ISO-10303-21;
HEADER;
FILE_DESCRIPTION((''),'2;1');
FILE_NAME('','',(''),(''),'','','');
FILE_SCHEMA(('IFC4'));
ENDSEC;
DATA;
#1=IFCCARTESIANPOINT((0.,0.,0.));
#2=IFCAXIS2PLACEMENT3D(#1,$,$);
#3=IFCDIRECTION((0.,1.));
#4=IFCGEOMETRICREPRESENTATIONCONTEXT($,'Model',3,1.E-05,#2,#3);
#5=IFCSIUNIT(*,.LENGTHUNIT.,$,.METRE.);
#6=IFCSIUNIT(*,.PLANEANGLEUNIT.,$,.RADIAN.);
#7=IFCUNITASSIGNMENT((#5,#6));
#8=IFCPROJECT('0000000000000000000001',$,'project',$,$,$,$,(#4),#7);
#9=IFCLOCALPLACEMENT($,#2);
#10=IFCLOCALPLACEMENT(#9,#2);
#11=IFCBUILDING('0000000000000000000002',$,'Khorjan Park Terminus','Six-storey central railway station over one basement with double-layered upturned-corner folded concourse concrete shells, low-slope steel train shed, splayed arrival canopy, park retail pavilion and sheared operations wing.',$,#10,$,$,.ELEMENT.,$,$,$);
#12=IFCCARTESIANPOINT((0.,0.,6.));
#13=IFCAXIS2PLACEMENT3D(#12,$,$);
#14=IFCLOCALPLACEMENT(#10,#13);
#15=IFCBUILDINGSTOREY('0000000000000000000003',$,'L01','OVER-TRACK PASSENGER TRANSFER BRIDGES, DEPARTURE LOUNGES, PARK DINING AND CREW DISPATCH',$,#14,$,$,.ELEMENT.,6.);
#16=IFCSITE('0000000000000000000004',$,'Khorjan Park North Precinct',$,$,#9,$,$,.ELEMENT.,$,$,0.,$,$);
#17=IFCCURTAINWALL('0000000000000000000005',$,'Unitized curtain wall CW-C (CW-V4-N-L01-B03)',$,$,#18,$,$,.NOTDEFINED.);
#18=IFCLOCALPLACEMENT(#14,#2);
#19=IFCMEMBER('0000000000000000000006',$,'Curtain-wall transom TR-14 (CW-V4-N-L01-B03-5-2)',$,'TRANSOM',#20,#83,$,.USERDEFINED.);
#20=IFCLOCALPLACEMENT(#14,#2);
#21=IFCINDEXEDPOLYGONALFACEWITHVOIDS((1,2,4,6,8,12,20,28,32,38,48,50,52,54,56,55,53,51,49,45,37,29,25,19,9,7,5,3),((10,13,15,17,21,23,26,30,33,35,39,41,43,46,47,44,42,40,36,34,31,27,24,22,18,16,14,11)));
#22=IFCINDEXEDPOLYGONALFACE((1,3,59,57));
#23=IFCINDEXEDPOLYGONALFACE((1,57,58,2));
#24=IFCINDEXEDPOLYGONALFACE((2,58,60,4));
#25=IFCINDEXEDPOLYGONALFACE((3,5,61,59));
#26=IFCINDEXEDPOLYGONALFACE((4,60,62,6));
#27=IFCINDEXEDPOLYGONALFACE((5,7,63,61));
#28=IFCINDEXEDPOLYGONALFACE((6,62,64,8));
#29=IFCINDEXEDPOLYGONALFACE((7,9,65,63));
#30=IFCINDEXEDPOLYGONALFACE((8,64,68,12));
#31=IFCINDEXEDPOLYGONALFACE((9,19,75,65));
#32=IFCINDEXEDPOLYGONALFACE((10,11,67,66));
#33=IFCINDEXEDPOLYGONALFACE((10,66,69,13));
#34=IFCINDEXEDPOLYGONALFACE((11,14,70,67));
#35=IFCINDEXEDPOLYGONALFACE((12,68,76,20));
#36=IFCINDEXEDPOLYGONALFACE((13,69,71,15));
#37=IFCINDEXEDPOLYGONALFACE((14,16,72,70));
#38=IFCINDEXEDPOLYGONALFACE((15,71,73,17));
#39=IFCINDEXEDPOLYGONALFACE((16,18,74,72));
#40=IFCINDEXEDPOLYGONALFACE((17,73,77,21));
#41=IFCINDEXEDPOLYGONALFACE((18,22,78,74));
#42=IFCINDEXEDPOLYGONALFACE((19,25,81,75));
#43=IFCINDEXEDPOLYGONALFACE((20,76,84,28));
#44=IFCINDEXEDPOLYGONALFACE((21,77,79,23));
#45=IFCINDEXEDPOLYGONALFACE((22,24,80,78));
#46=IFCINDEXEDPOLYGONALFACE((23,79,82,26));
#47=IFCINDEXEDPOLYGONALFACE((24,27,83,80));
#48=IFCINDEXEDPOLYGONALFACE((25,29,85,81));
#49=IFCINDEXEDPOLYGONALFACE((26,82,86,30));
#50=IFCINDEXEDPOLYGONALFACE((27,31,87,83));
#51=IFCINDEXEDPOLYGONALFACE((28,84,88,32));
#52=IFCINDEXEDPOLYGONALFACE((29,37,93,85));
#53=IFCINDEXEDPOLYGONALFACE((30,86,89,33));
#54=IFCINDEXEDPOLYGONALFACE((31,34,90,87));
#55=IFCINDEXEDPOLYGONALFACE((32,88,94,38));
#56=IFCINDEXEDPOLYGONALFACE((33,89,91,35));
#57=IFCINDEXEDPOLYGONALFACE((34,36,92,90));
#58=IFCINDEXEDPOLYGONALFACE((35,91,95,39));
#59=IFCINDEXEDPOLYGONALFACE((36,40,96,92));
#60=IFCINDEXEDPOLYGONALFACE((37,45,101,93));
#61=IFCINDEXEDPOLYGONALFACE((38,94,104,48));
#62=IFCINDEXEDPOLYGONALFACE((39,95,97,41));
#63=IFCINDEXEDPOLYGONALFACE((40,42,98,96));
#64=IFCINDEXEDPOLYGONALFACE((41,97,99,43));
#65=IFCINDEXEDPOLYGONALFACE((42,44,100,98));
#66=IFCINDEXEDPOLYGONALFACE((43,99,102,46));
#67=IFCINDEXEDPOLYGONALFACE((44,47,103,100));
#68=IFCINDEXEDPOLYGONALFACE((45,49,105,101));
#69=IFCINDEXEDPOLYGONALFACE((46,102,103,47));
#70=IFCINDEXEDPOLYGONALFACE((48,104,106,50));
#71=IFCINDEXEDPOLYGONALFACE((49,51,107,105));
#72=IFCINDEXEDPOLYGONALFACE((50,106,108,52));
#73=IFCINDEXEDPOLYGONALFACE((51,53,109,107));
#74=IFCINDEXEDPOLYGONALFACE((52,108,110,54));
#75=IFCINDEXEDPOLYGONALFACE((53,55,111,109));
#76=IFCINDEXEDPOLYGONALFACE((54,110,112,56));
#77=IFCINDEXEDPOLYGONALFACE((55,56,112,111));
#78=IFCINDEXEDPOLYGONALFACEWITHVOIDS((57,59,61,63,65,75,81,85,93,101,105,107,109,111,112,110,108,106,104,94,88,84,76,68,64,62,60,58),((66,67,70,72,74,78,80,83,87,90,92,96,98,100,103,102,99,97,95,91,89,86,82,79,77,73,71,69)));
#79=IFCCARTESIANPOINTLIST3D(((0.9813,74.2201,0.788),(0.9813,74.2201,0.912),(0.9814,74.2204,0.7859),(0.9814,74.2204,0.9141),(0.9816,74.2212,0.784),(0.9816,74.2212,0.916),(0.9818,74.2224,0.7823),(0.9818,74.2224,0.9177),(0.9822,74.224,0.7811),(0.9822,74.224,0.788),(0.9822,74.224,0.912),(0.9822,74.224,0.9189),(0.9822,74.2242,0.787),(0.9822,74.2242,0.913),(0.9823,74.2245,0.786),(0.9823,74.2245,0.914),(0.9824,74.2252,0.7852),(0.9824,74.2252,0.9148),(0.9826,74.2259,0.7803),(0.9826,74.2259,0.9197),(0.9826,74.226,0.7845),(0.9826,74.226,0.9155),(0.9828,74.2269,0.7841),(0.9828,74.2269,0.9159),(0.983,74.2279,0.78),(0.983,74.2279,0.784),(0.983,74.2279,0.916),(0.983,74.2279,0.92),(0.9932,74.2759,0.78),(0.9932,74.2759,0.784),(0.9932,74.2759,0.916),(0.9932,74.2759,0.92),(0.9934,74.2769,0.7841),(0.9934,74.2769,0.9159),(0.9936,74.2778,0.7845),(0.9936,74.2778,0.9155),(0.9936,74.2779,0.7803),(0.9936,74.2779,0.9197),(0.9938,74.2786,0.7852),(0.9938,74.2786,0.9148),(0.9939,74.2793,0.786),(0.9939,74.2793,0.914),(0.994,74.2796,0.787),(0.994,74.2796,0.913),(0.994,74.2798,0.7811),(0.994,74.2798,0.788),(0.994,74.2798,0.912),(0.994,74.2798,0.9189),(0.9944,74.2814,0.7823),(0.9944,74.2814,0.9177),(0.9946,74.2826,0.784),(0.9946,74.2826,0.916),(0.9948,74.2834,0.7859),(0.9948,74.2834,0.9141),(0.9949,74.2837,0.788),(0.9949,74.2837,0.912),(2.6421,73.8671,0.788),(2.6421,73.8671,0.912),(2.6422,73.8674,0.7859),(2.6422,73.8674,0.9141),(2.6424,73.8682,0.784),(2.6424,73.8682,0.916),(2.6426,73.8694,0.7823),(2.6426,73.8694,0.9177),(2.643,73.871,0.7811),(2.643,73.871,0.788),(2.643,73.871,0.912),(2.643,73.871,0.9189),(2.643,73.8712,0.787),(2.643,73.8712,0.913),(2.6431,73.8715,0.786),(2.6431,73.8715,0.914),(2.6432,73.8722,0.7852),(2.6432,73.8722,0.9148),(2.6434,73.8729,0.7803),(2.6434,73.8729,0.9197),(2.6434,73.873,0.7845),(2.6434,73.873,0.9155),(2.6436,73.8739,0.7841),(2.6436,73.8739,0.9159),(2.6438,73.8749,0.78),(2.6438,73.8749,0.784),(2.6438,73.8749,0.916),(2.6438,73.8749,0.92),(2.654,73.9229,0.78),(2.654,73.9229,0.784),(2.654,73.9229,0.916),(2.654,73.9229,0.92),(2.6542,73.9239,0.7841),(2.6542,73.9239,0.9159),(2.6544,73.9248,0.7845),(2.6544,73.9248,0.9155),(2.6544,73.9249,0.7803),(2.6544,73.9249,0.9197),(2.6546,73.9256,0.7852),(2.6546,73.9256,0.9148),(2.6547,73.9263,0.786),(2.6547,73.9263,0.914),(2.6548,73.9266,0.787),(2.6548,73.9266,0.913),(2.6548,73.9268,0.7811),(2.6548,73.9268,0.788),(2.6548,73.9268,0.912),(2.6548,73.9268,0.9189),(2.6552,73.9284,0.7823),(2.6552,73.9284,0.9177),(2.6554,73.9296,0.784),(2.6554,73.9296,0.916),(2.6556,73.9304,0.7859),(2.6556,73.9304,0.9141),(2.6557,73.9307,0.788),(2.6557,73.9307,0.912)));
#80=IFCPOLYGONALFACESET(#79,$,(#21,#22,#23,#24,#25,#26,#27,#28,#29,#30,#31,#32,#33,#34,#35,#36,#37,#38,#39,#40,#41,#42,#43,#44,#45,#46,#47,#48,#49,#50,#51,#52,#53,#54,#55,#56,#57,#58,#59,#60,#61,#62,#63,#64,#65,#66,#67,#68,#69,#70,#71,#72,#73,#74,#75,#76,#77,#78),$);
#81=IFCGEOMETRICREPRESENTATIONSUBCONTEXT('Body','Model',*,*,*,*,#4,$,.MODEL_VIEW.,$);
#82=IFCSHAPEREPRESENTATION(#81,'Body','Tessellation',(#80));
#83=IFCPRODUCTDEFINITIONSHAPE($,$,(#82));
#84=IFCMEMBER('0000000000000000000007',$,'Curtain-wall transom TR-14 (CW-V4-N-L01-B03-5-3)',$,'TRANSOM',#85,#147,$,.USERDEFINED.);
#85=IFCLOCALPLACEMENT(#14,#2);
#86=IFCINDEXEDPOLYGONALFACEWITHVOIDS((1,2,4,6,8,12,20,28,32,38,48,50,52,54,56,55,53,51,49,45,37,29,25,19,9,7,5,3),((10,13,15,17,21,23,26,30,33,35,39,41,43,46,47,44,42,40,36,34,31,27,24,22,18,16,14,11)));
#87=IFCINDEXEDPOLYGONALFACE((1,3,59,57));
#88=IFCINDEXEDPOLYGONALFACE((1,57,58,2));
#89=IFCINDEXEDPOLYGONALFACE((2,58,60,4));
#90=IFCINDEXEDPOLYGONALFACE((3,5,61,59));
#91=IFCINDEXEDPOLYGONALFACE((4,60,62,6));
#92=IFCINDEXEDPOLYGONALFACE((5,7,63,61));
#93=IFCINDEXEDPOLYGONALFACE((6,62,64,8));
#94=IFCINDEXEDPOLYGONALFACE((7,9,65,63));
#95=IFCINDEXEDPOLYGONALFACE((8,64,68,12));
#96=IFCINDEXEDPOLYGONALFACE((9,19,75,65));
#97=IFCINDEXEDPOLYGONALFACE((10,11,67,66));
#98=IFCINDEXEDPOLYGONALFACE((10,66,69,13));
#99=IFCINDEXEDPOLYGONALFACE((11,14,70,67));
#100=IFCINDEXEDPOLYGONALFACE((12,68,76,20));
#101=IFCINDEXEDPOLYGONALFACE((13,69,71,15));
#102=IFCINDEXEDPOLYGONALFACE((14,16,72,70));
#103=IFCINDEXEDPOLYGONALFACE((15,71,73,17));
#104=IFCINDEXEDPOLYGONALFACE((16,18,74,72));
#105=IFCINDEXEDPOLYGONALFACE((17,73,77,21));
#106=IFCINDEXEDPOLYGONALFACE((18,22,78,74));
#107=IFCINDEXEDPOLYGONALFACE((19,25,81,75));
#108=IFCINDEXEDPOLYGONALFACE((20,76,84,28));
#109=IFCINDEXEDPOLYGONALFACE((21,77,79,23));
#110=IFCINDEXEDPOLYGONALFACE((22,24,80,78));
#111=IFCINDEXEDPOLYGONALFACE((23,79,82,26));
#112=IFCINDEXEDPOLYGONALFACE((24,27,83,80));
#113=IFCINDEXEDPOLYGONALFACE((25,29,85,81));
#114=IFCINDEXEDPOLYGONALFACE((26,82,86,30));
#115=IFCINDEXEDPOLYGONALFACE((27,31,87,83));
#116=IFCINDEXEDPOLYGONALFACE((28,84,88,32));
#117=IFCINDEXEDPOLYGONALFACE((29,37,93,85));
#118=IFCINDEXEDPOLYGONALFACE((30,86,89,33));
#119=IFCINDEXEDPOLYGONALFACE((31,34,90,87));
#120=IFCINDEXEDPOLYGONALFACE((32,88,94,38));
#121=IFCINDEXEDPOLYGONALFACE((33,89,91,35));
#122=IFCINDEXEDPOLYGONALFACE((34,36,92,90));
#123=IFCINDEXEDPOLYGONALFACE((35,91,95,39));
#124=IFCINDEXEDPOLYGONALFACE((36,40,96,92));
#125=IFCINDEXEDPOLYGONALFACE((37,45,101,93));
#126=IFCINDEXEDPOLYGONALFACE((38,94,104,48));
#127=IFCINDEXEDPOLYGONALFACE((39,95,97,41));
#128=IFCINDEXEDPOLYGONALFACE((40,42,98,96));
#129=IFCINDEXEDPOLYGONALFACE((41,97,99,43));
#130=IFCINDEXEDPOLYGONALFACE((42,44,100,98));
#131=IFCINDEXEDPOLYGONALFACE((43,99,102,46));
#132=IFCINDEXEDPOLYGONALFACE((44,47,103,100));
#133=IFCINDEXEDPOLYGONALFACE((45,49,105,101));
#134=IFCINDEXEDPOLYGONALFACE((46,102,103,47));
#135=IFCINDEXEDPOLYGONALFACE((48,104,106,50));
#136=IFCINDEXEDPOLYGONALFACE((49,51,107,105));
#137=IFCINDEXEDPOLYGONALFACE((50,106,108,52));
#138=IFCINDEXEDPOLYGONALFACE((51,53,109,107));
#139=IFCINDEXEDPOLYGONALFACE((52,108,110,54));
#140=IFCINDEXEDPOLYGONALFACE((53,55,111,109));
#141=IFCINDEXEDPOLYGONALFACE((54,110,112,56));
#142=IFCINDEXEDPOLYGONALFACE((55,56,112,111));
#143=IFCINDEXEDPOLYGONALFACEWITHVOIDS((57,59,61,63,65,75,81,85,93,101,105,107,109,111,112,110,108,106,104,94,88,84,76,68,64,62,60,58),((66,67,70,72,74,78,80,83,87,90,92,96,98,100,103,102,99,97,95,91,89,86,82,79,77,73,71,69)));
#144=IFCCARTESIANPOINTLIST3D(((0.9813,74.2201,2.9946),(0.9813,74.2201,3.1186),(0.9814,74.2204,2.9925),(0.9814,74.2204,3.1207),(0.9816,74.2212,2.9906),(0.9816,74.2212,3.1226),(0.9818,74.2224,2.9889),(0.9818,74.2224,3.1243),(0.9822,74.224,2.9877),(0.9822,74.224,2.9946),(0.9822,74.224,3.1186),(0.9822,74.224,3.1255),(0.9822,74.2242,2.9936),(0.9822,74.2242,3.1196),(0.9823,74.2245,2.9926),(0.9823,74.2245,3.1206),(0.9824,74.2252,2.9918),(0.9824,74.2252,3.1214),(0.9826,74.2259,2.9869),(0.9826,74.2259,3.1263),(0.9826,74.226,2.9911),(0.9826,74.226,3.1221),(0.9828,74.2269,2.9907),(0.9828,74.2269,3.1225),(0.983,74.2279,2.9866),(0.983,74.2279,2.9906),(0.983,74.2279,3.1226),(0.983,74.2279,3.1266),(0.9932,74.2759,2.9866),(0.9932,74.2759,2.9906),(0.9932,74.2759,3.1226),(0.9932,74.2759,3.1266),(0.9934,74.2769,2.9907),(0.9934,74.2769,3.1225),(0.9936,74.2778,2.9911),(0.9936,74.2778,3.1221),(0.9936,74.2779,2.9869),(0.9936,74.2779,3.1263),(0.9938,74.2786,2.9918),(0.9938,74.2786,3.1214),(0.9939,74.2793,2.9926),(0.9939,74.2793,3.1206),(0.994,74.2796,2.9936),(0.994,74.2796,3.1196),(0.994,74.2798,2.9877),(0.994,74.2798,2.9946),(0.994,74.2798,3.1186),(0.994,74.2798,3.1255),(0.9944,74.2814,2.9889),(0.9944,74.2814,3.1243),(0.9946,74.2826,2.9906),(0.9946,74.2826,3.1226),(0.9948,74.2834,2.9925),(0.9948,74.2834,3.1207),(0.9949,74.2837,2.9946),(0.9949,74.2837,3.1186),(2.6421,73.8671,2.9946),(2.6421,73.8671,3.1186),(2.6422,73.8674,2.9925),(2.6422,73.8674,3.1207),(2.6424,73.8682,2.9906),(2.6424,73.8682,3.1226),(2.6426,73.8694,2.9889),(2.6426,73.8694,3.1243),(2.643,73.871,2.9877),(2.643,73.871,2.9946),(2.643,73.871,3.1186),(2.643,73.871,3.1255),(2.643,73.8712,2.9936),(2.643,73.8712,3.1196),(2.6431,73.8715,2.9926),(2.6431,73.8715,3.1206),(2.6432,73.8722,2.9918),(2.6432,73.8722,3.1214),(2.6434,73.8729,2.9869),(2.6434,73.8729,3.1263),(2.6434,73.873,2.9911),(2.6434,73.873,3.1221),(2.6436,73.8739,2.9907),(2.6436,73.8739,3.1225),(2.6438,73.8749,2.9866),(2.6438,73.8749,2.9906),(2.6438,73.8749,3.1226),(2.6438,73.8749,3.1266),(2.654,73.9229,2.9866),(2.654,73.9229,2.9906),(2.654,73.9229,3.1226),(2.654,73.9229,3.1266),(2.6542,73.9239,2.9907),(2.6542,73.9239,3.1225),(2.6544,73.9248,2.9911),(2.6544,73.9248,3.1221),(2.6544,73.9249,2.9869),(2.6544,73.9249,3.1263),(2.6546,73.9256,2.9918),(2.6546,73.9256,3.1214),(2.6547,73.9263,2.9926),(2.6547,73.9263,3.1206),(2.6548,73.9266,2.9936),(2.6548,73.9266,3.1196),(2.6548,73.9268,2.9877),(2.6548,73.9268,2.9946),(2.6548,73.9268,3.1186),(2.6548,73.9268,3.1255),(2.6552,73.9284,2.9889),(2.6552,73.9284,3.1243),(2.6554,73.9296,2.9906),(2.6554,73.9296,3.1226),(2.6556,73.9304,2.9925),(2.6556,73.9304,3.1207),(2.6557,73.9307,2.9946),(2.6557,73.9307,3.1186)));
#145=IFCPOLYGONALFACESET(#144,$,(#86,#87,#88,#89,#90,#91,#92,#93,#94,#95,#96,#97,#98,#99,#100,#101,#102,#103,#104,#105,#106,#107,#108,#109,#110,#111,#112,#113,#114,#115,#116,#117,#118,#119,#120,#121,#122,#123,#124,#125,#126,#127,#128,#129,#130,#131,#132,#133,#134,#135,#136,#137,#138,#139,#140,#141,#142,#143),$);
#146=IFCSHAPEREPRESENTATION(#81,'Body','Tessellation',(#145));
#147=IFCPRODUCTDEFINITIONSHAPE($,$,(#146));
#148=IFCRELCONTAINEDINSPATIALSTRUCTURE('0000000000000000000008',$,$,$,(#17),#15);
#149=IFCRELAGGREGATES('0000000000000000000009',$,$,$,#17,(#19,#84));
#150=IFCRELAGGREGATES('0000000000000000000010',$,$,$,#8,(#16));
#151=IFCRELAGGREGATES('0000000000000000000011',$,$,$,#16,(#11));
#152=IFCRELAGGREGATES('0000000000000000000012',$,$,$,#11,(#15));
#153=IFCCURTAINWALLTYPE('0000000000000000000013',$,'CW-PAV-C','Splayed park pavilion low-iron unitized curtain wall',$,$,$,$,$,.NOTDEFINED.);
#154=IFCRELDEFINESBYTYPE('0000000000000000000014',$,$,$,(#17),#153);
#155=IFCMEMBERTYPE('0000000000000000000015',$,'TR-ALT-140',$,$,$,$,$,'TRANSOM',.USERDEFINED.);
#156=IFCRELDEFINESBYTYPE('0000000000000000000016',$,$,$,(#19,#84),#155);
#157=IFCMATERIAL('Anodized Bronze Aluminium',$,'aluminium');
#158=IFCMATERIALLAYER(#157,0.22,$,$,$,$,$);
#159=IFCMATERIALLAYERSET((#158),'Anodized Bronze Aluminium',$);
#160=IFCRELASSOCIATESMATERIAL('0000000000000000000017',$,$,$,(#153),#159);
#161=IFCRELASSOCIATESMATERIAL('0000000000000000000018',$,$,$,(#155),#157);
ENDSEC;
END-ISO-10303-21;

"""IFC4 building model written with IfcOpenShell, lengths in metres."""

from ifc_helpers import new_model, si_unit, direction, frame, origin, origin_2d, place, context, subcontext, project, spatial, hollow_rectangle, extrude, material, layer, layer_set, material_profile, profile_set, type_object, element, aggregate, save


model = new_model("IFC4")

# Units and contexts
model_context = context("Model", 3, precision=1e-05, world=origin(), true_north=direction((0.0, 1.0)))
body_context = subcontext(model_context, "Body", "Model", "MODEL_VIEW")
ifc_project = project(units=[si_unit("LENGTHUNIT", "METRE"), si_unit("PLANEANGLEUNIT", "RADIAN")], contexts=[model_context])

# Site, building, storey
site_placement = place(None, origin())
site = spatial("IfcSite", under=ifc_project, at=site_placement, Name="Khorjan Park North Precinct", CompositionType="ELEMENT", RefElevation=0.0)
building_placement = place(site_placement, origin())
building = spatial("IfcBuilding", under=site, at=building_placement, Name="Khorjan Park Terminus", Description="Six-storey central railway station over one basement with double-layered upturned-corner folded concourse concrete shells, low-slope steel train shed, splayed arrival canopy, park retail pavilion and sheared operations wing.", CompositionType="ELEMENT")
storey_placement = place(building_placement, frame((0.0, 0.0, 6.0)))
storey = spatial("IfcBuildingStorey", under=building, at=storey_placement, Name="L01", Description="OVER-TRACK PASSENGER TRANSFER BRIDGES, DEPARTURE LOUNGES, PARK DINING AND CREW DISPATCH", CompositionType="ELEMENT", Elevation=6.0)

# Curtain wall
ifc_material_1 = material(Name="Anodized Bronze Aluminium", Category="aluminium")
ifc_layer_1 = layer(ifc_material_1, 0.22)
ifc_layer_set_1 = layer_set([ifc_layer_1], Name="Anodized Bronze Aluminium")
curtain_wall_type = type_object("IfcCurtainWallType", Name="CW-PAV-C", Description="Splayed park pavilion low-iron unitized curtain wall", PredefinedType="NOTDEFINED", material=ifc_layer_set_1)
curtain_wall_1_placement = place(storey_placement, origin())
curtain_wall_1 = element("IfcCurtainWall", 1, at=curtain_wall_1_placement, inside=storey, type_object=curtain_wall_type, Name="Unitized curtain wall CW-C (CW-V4-N-L01-B03)", PredefinedType="NOTDEFINED")

# Members
ifc_material_profile_1 = material_profile(ifc_material_1, hollow_rectangle(XDim=0.065, YDim=0.14, WallThickness=0.004, InnerFilletRadius=0.004, OuterFilletRadius=0.008, at=origin_2d()), Name="ALT 65x140x4")
ifc_profile_set_1 = profile_set([ifc_material_profile_1], Name="Anodized Bronze Aluminium")
member_type_1 = type_object("IfcMemberType", Name="TR-ALT-140", ElementType="TRANSOM", PredefinedType="USERDEFINED", material=ifc_profile_set_1)
member_1_placement = place(storey_placement, frame((2.6489, 73.8989, 0.85), z_axis=(-0.978149, 0.207904, 0.0), x_axis=(-0.207904, -0.978149, 0.0)))
member_1 = element("IfcMember", 2, at=member_1_placement, type_object=member_type_1, Name="Curtain-wall transom TR-14 (CW-V4-N-L01-B03-5-2)", ObjectType="TRANSOM", PredefinedType="USERDEFINED", context=body_context, shape_type="SweptSolid", body=[
    extrude(hollow_rectangle(XDim=0.065, YDim=0.14, WallThickness=0.004, InnerFilletRadius=0.004, OuterFilletRadius=0.008, at=origin_2d()), origin(), (0.0, 0.0, 1.0), 1.6979),
])
member_2_placement = place(storey_placement, frame((2.6489, 73.8989, 3.0566), z_axis=(-0.978149, 0.207904, 0.0), x_axis=(-0.207904, -0.978149, 0.0)))
member_2 = element("IfcMember", 3, at=member_2_placement, type_object=member_type_1, Name="Curtain-wall transom TR-14 (CW-V4-N-L01-B03-5-3)", ObjectType="TRANSOM", PredefinedType="USERDEFINED", context=body_context, shape_type="SweptSolid", body=[
    extrude(hollow_rectangle(XDim=0.065, YDim=0.14, WallThickness=0.004, InnerFilletRadius=0.004, OuterFilletRadius=0.008, at=origin_2d()), origin(), (0.0, 0.0, 1.0), 1.6979),
])

aggregate(curtain_wall_1, [member_1, member_2])

save(model, "model.ifc")
